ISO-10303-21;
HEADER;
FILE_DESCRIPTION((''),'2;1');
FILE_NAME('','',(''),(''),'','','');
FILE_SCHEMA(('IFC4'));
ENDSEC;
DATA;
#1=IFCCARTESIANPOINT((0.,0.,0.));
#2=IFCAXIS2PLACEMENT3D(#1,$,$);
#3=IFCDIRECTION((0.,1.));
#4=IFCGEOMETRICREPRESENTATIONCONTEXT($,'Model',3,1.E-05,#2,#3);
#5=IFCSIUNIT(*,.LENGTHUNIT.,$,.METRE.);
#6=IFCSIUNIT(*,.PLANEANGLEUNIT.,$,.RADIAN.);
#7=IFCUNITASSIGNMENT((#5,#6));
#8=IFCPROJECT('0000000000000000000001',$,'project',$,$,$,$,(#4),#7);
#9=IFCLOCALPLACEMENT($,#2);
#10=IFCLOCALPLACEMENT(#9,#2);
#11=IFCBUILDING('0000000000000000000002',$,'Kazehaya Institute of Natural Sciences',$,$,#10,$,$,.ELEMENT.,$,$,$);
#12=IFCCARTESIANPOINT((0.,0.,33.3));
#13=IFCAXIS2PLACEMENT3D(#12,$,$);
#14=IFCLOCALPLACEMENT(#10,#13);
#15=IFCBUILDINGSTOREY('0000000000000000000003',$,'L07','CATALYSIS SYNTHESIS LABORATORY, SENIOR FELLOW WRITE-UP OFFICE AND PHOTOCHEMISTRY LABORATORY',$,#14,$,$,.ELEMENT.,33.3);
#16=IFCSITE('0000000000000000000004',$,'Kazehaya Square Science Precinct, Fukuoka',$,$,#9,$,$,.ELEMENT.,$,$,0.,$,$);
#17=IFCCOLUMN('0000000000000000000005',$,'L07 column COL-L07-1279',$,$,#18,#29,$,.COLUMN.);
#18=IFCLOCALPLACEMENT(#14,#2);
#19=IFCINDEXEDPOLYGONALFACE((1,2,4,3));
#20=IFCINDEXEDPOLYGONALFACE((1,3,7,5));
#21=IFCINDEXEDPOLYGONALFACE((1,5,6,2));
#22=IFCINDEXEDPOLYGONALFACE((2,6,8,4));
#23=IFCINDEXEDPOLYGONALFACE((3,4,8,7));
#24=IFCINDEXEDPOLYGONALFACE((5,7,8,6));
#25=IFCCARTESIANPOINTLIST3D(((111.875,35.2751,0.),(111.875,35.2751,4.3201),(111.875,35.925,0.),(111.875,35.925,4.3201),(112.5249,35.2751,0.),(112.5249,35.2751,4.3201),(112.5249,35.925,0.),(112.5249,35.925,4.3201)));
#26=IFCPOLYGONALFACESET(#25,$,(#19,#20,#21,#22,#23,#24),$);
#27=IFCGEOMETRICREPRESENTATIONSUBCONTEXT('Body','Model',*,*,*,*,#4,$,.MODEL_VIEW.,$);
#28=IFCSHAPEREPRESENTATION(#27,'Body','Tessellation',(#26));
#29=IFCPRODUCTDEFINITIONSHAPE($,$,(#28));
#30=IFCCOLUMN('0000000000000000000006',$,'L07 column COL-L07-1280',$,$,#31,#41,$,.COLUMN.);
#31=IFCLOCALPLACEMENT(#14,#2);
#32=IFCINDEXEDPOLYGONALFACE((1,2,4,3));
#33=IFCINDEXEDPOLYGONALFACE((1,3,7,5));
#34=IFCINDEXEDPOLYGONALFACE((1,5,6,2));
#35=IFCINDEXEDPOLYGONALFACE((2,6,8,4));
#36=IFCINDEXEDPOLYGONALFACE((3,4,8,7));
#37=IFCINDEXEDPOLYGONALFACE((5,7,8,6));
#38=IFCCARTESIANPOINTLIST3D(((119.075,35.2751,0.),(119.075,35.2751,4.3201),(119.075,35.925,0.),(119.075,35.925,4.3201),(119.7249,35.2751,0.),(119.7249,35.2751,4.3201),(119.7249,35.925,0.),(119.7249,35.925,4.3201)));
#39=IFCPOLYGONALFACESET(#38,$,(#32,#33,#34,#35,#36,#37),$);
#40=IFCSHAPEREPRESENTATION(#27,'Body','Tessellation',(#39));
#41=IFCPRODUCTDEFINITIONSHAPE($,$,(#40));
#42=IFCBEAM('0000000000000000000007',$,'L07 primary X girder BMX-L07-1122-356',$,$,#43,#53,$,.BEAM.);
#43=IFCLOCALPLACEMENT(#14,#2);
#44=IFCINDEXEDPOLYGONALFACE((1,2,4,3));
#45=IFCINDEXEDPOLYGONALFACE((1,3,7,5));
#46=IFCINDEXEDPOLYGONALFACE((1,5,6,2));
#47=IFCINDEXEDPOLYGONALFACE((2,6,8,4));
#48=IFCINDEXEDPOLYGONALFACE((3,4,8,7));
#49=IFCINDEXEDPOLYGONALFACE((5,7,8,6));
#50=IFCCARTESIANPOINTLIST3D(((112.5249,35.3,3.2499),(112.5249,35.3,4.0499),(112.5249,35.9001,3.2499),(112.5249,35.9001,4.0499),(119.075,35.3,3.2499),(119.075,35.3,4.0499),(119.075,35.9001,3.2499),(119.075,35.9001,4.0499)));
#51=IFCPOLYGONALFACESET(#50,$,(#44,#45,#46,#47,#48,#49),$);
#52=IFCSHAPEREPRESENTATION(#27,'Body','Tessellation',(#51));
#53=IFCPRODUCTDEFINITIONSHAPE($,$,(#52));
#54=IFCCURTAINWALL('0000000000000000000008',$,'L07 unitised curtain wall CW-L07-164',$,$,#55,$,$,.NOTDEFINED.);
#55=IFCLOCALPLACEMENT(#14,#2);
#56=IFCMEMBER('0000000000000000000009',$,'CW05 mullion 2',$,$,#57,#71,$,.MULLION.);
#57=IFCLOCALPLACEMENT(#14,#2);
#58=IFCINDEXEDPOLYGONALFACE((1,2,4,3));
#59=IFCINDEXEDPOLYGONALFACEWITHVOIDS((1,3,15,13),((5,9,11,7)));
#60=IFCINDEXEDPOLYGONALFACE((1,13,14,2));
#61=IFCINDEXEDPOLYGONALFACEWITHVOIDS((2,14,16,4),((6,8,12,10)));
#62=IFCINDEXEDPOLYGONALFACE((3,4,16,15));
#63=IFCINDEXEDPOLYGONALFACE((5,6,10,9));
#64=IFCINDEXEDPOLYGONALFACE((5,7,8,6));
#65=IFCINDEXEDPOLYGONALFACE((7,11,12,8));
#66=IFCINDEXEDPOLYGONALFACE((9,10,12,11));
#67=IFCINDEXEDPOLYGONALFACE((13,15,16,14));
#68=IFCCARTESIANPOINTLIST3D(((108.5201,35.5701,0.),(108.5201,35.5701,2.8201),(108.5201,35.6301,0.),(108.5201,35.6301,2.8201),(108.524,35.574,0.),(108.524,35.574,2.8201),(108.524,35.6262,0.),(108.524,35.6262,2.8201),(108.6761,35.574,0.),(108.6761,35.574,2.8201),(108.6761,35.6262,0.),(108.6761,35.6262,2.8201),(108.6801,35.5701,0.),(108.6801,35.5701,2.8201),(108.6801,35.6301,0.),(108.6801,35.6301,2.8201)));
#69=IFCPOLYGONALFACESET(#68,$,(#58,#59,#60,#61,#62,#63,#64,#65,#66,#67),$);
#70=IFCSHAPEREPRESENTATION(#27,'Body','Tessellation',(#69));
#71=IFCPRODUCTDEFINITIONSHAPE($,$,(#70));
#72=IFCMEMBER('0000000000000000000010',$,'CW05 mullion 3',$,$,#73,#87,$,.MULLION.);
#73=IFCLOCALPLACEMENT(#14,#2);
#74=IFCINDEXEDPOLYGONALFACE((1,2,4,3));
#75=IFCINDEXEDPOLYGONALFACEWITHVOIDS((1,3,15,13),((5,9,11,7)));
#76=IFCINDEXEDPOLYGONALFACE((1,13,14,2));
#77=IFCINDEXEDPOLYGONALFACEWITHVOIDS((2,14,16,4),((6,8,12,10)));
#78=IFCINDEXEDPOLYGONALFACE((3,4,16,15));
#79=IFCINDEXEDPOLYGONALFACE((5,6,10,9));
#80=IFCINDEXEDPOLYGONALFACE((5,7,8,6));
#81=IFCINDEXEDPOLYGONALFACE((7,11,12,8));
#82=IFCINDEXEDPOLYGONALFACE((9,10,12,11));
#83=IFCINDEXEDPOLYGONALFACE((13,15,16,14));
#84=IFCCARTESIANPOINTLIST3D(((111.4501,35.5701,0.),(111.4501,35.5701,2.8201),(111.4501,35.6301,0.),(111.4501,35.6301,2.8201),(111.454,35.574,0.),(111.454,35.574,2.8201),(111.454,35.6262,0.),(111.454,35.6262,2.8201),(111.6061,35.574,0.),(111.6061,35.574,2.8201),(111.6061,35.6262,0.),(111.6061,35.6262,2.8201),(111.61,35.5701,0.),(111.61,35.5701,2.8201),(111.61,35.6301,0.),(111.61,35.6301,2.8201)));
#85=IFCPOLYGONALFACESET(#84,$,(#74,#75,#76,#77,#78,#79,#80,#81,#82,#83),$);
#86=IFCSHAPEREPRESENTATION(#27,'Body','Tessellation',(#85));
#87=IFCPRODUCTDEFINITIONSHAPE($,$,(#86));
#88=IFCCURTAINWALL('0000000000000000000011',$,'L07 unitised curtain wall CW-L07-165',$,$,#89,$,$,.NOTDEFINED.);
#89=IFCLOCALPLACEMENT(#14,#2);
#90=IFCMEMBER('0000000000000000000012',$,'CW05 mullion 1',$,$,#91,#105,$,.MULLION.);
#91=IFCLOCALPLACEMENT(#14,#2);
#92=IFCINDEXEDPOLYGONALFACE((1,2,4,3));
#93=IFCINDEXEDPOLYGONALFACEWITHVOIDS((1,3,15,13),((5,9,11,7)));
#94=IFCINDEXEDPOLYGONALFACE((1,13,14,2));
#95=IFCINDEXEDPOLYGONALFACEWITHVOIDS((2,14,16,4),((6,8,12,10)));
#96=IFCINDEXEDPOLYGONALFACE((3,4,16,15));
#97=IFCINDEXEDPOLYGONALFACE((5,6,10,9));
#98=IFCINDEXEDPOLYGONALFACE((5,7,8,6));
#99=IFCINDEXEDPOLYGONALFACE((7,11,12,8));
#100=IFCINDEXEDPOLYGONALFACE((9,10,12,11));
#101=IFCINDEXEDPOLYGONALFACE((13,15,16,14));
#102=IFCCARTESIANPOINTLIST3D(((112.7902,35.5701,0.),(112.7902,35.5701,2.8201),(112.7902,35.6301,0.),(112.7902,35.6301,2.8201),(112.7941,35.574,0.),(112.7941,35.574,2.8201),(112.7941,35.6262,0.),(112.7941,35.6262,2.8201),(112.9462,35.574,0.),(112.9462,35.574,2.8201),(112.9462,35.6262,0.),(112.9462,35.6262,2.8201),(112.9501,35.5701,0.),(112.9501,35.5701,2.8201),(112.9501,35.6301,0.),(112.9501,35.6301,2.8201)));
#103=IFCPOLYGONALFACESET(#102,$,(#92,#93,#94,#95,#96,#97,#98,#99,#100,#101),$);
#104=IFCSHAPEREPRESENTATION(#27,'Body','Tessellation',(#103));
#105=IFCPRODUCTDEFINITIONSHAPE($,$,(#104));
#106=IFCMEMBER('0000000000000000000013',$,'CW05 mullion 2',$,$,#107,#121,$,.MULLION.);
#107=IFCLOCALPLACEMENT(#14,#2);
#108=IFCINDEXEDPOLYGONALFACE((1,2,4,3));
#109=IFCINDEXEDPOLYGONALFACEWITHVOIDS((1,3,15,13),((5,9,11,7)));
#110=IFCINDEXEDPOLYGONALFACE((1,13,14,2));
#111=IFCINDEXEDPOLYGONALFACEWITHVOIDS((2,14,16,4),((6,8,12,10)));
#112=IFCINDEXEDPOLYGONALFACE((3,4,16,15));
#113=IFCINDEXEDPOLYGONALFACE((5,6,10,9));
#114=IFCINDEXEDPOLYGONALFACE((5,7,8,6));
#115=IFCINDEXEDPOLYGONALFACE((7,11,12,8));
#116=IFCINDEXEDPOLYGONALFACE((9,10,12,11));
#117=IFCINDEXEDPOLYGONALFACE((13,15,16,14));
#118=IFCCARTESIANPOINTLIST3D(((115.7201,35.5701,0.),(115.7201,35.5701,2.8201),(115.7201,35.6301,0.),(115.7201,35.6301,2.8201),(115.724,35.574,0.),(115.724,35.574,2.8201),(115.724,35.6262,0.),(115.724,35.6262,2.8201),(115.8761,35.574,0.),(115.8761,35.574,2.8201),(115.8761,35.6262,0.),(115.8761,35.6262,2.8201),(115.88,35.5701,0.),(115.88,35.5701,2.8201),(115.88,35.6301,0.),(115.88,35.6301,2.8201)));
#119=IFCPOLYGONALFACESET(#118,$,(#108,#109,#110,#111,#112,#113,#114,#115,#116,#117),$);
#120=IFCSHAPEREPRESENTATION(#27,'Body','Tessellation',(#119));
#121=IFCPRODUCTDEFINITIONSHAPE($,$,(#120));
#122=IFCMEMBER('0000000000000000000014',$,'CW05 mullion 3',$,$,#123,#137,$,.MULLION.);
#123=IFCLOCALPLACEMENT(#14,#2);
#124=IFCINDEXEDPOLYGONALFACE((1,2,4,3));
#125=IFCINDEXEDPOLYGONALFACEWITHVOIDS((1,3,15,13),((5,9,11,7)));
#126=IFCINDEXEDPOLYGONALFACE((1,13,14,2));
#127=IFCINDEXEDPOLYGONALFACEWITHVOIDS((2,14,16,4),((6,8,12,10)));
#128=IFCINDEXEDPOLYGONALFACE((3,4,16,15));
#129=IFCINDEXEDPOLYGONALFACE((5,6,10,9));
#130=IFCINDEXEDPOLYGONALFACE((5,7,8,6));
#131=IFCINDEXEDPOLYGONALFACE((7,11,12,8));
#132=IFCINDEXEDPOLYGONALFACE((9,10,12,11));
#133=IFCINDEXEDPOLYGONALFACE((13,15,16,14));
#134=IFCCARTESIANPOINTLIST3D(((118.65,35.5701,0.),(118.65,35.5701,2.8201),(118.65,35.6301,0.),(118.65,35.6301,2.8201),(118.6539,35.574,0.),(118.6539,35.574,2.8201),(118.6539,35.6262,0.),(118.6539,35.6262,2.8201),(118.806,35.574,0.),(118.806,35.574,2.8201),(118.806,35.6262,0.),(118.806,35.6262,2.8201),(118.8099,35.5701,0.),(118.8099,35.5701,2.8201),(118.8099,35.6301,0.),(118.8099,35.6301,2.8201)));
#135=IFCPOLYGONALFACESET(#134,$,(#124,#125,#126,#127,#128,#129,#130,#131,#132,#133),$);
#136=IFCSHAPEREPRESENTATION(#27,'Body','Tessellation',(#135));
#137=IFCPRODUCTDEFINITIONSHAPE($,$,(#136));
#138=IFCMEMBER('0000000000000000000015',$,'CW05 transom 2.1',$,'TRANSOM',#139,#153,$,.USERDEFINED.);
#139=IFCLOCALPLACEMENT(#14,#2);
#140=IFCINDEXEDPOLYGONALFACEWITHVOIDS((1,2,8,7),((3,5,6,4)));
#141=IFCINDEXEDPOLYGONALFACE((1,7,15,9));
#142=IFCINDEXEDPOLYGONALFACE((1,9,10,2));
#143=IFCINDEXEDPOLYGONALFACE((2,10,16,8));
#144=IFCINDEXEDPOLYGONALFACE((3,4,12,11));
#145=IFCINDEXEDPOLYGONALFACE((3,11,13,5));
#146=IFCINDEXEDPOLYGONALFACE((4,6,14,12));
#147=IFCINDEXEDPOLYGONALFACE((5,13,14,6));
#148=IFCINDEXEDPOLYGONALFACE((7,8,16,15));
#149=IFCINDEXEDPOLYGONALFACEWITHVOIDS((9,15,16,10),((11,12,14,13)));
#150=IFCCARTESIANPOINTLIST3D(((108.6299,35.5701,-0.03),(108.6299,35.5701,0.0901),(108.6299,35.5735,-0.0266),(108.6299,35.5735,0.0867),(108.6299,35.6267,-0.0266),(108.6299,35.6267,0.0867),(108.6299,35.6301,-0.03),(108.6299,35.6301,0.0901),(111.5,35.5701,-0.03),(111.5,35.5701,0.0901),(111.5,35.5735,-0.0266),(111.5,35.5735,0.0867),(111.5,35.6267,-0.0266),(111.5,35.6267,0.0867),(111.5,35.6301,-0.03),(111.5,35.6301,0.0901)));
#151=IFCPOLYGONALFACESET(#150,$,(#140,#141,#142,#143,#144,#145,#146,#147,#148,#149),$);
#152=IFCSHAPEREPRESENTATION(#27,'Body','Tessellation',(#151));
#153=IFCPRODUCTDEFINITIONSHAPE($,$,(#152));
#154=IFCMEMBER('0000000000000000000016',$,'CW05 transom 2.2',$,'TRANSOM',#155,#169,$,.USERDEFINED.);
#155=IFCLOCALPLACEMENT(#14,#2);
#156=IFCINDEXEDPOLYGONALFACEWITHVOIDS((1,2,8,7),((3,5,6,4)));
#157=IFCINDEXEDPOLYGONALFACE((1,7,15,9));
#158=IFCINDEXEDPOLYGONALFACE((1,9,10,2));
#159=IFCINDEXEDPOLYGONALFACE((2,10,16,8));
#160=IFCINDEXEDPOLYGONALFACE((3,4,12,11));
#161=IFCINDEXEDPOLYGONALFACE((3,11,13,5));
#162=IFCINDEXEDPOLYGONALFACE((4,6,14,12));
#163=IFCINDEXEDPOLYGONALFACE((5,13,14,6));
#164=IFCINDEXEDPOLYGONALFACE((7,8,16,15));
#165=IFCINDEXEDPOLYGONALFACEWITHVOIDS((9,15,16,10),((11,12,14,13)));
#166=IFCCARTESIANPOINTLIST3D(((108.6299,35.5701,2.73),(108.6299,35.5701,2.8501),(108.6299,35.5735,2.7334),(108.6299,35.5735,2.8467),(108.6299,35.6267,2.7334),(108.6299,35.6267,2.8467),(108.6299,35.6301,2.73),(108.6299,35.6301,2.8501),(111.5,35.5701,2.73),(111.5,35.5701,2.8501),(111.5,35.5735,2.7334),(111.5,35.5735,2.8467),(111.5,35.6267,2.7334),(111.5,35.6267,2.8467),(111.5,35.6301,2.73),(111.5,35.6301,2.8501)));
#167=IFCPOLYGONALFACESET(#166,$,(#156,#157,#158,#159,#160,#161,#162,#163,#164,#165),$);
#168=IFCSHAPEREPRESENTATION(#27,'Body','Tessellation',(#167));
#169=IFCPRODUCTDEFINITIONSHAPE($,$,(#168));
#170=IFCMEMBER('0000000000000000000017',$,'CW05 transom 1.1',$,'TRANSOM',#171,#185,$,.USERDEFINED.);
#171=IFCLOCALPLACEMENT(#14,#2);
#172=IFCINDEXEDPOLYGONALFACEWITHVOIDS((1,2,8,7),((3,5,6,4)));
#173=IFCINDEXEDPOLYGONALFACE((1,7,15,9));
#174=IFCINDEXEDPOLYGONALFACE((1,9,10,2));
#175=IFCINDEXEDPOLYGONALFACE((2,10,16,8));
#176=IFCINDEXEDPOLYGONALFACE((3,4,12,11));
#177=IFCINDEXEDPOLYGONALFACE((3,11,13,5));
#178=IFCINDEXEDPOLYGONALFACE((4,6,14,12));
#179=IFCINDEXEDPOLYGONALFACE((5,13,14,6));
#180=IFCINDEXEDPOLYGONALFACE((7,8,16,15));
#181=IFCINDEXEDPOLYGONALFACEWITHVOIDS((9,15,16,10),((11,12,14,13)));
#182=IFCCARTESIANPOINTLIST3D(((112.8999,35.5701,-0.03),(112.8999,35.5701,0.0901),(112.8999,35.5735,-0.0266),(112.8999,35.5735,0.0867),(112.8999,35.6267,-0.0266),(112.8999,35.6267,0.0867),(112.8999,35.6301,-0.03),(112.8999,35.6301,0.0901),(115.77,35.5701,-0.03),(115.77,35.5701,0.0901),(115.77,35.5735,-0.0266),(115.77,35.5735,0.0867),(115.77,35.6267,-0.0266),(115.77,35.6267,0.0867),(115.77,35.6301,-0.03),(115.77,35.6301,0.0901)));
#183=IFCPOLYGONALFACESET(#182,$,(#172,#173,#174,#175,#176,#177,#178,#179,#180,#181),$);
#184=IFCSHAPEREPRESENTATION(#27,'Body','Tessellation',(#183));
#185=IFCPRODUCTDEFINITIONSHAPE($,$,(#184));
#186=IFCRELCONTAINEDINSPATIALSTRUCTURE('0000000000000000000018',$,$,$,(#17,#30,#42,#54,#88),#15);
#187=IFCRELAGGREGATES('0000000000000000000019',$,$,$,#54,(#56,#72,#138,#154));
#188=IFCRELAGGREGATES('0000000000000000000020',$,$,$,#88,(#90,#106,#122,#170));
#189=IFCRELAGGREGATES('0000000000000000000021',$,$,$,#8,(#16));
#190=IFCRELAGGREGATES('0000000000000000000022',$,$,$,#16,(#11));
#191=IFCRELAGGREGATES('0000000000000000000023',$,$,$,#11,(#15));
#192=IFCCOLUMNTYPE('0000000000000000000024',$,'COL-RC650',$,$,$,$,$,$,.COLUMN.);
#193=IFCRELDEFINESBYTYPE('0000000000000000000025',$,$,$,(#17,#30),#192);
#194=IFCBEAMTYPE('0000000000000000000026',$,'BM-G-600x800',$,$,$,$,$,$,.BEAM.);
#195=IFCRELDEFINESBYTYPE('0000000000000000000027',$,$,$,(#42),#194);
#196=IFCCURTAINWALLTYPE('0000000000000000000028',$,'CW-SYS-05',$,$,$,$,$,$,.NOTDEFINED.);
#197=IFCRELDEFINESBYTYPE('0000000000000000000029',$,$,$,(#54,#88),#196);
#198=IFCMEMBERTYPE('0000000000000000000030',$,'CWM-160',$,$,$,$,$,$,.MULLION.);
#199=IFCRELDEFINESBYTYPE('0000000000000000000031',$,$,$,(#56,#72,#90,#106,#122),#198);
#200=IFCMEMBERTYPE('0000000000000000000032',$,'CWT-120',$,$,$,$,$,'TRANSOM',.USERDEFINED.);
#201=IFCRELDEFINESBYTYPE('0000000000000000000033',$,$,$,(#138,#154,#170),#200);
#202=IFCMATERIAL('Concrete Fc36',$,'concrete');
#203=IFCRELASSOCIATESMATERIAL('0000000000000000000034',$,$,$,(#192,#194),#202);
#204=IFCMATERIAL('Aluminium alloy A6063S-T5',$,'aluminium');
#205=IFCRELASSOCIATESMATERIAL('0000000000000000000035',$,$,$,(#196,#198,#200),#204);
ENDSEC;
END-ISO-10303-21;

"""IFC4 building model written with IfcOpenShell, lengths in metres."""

from ifc_helpers import new_model, si_unit, direction, frame, origin, origin_2d, place, context, subcontext, project, spatial, rectangle, hollow_rectangle, extrude, material, material_profile, profile_set, type_object, element, aggregate, save


model = new_model("IFC4")

# Units and contexts
model_context = context("Model", 3, precision=1e-05, world=origin(), true_north=direction((0.0, 1.0)))
body_context = subcontext(model_context, "Body", "Model", "MODEL_VIEW")
ifc_project = project(units=[si_unit("LENGTHUNIT", "METRE"), si_unit("PLANEANGLEUNIT", "RADIAN")], contexts=[model_context])

# Site, building, storey
site_placement = place(None, origin())
site = spatial("IfcSite", under=ifc_project, at=site_placement, Name="Kazehaya Square Science Precinct, Fukuoka", CompositionType="ELEMENT", RefElevation=0.0)
building_placement = place(site_placement, origin())
building = spatial("IfcBuilding", under=site, at=building_placement, Name="Kazehaya Institute of Natural Sciences", CompositionType="ELEMENT")
storey_placement = place(building_placement, frame((0.0, 0.0, 33.3)))
storey = spatial("IfcBuildingStorey", under=building, at=storey_placement, Name="L07", Description="CATALYSIS SYNTHESIS LABORATORY, SENIOR FELLOW WRITE-UP OFFICE AND PHOTOCHEMISTRY LABORATORY", CompositionType="ELEMENT", Elevation=33.3)

# Columns
ifc_material_1 = material(Name="Concrete Fc36", Category="concrete")
ifc_material_profile_1 = material_profile(ifc_material_1, rectangle(XDim=0.6499, YDim=0.6499, at=origin_2d()), Name="RC-650x650")
ifc_profile_set_1 = profile_set([ifc_material_profile_1], Name="Concrete Fc36")
column_type = type_object("IfcColumnType", Name="COL-RC650", PredefinedType="COLUMN", material=ifc_profile_set_1)
for number, where, z_axis, x_axis, name in (
    (1, (112.2, 35.6001, 0.0), (0.0, 0.0, 1.0), (1.0, 0.0, 0.0), "L07 column COL-L07-1279"),
    (2, (119.3999, 35.6001, 0.0), (0.0, 0.0, 1.0), (1.0, 0.0, 0.0), "L07 column COL-L07-1280"),
):
    element("IfcColumn", number, at=place(storey_placement, frame(where, z_axis=z_axis, x_axis=x_axis)), inside=storey, type_object=column_type, Name=name, PredefinedType="COLUMN", context=body_context, shape_type="SweptSolid", body=[
        extrude(rectangle(XDim=0.6499, YDim=0.6499, at=origin_2d()), origin(), (0.0, 0.0, 1.0), 4.3201),
    ])

# Beam
ifc_material_profile_2 = material_profile(ifc_material_1, rectangle(XDim=0.6001, YDim=0.8, at=origin_2d()), Name="RC-600x800")
ifc_profile_set_2 = profile_set([ifc_material_profile_2], Name="Concrete Fc36")
beam_type = type_object("IfcBeamType", Name="BM-G-600x800", PredefinedType="BEAM", material=ifc_profile_set_2)
beam_placement = place(storey_placement, frame((112.5249, 35.6001, 3.6499), z_axis=(1.0, 0.0, 0.0), x_axis=(0.0, 1.0, 0.0)))
element("IfcBeam", 3, at=beam_placement, inside=storey, type_object=beam_type, Name="L07 primary X girder BMX-L07-1122-356", PredefinedType="BEAM", context=body_context, shape_type="SweptSolid", body=[
    extrude(rectangle(XDim=0.6001, YDim=0.8, at=origin_2d()), origin(), (0.0, 0.0, 1.0), 6.55),
])

# Curtain walls, members
ifc_material_2 = material(Name="Aluminium alloy A6063S-T5", Category="aluminium")
curtain_wall_type = type_object("IfcCurtainWallType", Name="CW-SYS-05", PredefinedType="NOTDEFINED", material=ifc_material_2)
curtain_wall_1_placement = place(storey_placement, origin())
curtain_wall_1 = element("IfcCurtainWall", 4, at=curtain_wall_1_placement, inside=storey, type_object=curtain_wall_type, Name="L07 unitised curtain wall CW-L07-164", PredefinedType="NOTDEFINED")
ifc_material_profile_3 = material_profile(ifc_material_2, hollow_rectangle(XDim=0.0601, YDim=0.1599, WallThickness=0.0039, at=origin_2d()), Name="ALU-60x160x4")
ifc_profile_set_3 = profile_set([ifc_material_profile_3], Name="Aluminium alloy A6063S-T5")
member_type_1 = type_object("IfcMemberType", Name="CWM-160", PredefinedType="MULLION", material=ifc_profile_set_3)
member_1_placement = place(storey_placement, frame((108.6001, 35.6001, 0.0), z_axis=(0.0, 0.0, 1.0), x_axis=(0.0, 1.0, 0.0)))
member_1 = element("IfcMember", 5, at=member_1_placement, type_object=member_type_1, Name="CW05 mullion 2", PredefinedType="MULLION", context=body_context, shape_type="SweptSolid", body=[
    extrude(hollow_rectangle(XDim=0.0601, YDim=0.1599, WallThickness=0.0039, at=origin_2d()), origin(), (0.0, 0.0, 1.0), 2.8201),
])
member_2_placement = place(storey_placement, frame((111.53, 35.6001, 0.0), z_axis=(0.0, 0.0, 1.0), x_axis=(0.0, 1.0, 0.0)))
member_2 = element("IfcMember", 6, at=member_2_placement, type_object=member_type_1, Name="CW05 mullion 3", PredefinedType="MULLION", context=body_context, shape_type="SweptSolid", body=[
    extrude(hollow_rectangle(XDim=0.0601, YDim=0.1599, WallThickness=0.0039, at=origin_2d()), origin(), (0.0, 0.0, 1.0), 2.8201),
])
curtain_wall_2_placement = place(storey_placement, origin())
curtain_wall_2 = element("IfcCurtainWall", 7, at=curtain_wall_2_placement, inside=storey, type_object=curtain_wall_type, Name="L07 unitised curtain wall CW-L07-165", PredefinedType="NOTDEFINED")
member_3_placement = place(storey_placement, frame((112.8701, 35.6001, 0.0), z_axis=(0.0, 0.0, 1.0), x_axis=(0.0, 1.0, 0.0)))
member_3 = element("IfcMember", 8, at=member_3_placement, type_object=member_type_1, Name="CW05 mullion 1", PredefinedType="MULLION", context=body_context, shape_type="SweptSolid", body=[
    extrude(hollow_rectangle(XDim=0.0601, YDim=0.1599, WallThickness=0.0039, at=origin_2d()), origin(), (0.0, 0.0, 1.0), 2.8201),
])
member_4_placement = place(storey_placement, frame((115.8, 35.6001, 0.0), z_axis=(0.0, 0.0, 1.0), x_axis=(0.0, 1.0, 0.0)))
member_4 = element("IfcMember", 9, at=member_4_placement, type_object=member_type_1, Name="CW05 mullion 2", PredefinedType="MULLION", context=body_context, shape_type="SweptSolid", body=[
    extrude(hollow_rectangle(XDim=0.0601, YDim=0.1599, WallThickness=0.0039, at=origin_2d()), origin(), (0.0, 0.0, 1.0), 2.8201),
])
member_5_placement = place(storey_placement, frame((118.73, 35.6001, 0.0), z_axis=(0.0, 0.0, 1.0), x_axis=(0.0, 1.0, 0.0)))
member_5 = element("IfcMember", 10, at=member_5_placement, type_object=member_type_1, Name="CW05 mullion 3", PredefinedType="MULLION", context=body_context, shape_type="SweptSolid", body=[
    extrude(hollow_rectangle(XDim=0.0601, YDim=0.1599, WallThickness=0.0039, at=origin_2d()), origin(), (0.0, 0.0, 1.0), 2.8201),
])

# Members
ifc_material_profile_4 = material_profile(ifc_material_2, hollow_rectangle(XDim=0.0601, YDim=0.1201, WallThickness=0.0034, at=origin_2d()), Name="ALU-60x120x3.5")
ifc_profile_set_4 = profile_set([ifc_material_profile_4], Name="Aluminium alloy A6063S-T5")
member_type_2 = type_object("IfcMemberType", Name="CWT-120", ElementType="TRANSOM", PredefinedType="USERDEFINED", material=ifc_profile_set_4)
member_6_placement = place(storey_placement, frame((108.6299, 35.6001, 0.03), z_axis=(1.0, 0.0, 0.0), x_axis=(0.0, 1.0, 0.0)))
member_6 = element("IfcMember", 11, at=member_6_placement, type_object=member_type_2, Name="CW05 transom 2.1", ObjectType="TRANSOM", PredefinedType="USERDEFINED", context=body_context, shape_type="SweptSolid", body=[
    extrude(hollow_rectangle(XDim=0.0601, YDim=0.1201, WallThickness=0.0034, at=origin_2d()), origin(), (0.0, 0.0, 1.0), 2.8701),
])
member_7_placement = place(storey_placement, frame((108.6299, 35.6001, 2.79), z_axis=(1.0, 0.0, 0.0), x_axis=(0.0, 1.0, 0.0)))
member_7 = element("IfcMember", 12, at=member_7_placement, type_object=member_type_2, Name="CW05 transom 2.2", ObjectType="TRANSOM", PredefinedType="USERDEFINED", context=body_context, shape_type="SweptSolid", body=[
    extrude(hollow_rectangle(XDim=0.0601, YDim=0.1201, WallThickness=0.0034, at=origin_2d()), origin(), (0.0, 0.0, 1.0), 2.8701),
])
member_8_placement = place(storey_placement, frame((112.8999, 35.6001, 0.03), z_axis=(1.0, 0.0, 0.0), x_axis=(0.0, 1.0, 0.0)))
member_8 = element("IfcMember", 13, at=member_8_placement, type_object=member_type_2, Name="CW05 transom 1.1", ObjectType="TRANSOM", PredefinedType="USERDEFINED", context=body_context, shape_type="SweptSolid", body=[
    extrude(hollow_rectangle(XDim=0.0601, YDim=0.1201, WallThickness=0.0034, at=origin_2d()), origin(), (0.0, 0.0, 1.0), 2.8701),
])

aggregate(curtain_wall_1, [member_1, member_2, member_6, member_7])
aggregate(curtain_wall_2, [member_3, member_4, member_5, member_8])

save(model, "model.ifc")
